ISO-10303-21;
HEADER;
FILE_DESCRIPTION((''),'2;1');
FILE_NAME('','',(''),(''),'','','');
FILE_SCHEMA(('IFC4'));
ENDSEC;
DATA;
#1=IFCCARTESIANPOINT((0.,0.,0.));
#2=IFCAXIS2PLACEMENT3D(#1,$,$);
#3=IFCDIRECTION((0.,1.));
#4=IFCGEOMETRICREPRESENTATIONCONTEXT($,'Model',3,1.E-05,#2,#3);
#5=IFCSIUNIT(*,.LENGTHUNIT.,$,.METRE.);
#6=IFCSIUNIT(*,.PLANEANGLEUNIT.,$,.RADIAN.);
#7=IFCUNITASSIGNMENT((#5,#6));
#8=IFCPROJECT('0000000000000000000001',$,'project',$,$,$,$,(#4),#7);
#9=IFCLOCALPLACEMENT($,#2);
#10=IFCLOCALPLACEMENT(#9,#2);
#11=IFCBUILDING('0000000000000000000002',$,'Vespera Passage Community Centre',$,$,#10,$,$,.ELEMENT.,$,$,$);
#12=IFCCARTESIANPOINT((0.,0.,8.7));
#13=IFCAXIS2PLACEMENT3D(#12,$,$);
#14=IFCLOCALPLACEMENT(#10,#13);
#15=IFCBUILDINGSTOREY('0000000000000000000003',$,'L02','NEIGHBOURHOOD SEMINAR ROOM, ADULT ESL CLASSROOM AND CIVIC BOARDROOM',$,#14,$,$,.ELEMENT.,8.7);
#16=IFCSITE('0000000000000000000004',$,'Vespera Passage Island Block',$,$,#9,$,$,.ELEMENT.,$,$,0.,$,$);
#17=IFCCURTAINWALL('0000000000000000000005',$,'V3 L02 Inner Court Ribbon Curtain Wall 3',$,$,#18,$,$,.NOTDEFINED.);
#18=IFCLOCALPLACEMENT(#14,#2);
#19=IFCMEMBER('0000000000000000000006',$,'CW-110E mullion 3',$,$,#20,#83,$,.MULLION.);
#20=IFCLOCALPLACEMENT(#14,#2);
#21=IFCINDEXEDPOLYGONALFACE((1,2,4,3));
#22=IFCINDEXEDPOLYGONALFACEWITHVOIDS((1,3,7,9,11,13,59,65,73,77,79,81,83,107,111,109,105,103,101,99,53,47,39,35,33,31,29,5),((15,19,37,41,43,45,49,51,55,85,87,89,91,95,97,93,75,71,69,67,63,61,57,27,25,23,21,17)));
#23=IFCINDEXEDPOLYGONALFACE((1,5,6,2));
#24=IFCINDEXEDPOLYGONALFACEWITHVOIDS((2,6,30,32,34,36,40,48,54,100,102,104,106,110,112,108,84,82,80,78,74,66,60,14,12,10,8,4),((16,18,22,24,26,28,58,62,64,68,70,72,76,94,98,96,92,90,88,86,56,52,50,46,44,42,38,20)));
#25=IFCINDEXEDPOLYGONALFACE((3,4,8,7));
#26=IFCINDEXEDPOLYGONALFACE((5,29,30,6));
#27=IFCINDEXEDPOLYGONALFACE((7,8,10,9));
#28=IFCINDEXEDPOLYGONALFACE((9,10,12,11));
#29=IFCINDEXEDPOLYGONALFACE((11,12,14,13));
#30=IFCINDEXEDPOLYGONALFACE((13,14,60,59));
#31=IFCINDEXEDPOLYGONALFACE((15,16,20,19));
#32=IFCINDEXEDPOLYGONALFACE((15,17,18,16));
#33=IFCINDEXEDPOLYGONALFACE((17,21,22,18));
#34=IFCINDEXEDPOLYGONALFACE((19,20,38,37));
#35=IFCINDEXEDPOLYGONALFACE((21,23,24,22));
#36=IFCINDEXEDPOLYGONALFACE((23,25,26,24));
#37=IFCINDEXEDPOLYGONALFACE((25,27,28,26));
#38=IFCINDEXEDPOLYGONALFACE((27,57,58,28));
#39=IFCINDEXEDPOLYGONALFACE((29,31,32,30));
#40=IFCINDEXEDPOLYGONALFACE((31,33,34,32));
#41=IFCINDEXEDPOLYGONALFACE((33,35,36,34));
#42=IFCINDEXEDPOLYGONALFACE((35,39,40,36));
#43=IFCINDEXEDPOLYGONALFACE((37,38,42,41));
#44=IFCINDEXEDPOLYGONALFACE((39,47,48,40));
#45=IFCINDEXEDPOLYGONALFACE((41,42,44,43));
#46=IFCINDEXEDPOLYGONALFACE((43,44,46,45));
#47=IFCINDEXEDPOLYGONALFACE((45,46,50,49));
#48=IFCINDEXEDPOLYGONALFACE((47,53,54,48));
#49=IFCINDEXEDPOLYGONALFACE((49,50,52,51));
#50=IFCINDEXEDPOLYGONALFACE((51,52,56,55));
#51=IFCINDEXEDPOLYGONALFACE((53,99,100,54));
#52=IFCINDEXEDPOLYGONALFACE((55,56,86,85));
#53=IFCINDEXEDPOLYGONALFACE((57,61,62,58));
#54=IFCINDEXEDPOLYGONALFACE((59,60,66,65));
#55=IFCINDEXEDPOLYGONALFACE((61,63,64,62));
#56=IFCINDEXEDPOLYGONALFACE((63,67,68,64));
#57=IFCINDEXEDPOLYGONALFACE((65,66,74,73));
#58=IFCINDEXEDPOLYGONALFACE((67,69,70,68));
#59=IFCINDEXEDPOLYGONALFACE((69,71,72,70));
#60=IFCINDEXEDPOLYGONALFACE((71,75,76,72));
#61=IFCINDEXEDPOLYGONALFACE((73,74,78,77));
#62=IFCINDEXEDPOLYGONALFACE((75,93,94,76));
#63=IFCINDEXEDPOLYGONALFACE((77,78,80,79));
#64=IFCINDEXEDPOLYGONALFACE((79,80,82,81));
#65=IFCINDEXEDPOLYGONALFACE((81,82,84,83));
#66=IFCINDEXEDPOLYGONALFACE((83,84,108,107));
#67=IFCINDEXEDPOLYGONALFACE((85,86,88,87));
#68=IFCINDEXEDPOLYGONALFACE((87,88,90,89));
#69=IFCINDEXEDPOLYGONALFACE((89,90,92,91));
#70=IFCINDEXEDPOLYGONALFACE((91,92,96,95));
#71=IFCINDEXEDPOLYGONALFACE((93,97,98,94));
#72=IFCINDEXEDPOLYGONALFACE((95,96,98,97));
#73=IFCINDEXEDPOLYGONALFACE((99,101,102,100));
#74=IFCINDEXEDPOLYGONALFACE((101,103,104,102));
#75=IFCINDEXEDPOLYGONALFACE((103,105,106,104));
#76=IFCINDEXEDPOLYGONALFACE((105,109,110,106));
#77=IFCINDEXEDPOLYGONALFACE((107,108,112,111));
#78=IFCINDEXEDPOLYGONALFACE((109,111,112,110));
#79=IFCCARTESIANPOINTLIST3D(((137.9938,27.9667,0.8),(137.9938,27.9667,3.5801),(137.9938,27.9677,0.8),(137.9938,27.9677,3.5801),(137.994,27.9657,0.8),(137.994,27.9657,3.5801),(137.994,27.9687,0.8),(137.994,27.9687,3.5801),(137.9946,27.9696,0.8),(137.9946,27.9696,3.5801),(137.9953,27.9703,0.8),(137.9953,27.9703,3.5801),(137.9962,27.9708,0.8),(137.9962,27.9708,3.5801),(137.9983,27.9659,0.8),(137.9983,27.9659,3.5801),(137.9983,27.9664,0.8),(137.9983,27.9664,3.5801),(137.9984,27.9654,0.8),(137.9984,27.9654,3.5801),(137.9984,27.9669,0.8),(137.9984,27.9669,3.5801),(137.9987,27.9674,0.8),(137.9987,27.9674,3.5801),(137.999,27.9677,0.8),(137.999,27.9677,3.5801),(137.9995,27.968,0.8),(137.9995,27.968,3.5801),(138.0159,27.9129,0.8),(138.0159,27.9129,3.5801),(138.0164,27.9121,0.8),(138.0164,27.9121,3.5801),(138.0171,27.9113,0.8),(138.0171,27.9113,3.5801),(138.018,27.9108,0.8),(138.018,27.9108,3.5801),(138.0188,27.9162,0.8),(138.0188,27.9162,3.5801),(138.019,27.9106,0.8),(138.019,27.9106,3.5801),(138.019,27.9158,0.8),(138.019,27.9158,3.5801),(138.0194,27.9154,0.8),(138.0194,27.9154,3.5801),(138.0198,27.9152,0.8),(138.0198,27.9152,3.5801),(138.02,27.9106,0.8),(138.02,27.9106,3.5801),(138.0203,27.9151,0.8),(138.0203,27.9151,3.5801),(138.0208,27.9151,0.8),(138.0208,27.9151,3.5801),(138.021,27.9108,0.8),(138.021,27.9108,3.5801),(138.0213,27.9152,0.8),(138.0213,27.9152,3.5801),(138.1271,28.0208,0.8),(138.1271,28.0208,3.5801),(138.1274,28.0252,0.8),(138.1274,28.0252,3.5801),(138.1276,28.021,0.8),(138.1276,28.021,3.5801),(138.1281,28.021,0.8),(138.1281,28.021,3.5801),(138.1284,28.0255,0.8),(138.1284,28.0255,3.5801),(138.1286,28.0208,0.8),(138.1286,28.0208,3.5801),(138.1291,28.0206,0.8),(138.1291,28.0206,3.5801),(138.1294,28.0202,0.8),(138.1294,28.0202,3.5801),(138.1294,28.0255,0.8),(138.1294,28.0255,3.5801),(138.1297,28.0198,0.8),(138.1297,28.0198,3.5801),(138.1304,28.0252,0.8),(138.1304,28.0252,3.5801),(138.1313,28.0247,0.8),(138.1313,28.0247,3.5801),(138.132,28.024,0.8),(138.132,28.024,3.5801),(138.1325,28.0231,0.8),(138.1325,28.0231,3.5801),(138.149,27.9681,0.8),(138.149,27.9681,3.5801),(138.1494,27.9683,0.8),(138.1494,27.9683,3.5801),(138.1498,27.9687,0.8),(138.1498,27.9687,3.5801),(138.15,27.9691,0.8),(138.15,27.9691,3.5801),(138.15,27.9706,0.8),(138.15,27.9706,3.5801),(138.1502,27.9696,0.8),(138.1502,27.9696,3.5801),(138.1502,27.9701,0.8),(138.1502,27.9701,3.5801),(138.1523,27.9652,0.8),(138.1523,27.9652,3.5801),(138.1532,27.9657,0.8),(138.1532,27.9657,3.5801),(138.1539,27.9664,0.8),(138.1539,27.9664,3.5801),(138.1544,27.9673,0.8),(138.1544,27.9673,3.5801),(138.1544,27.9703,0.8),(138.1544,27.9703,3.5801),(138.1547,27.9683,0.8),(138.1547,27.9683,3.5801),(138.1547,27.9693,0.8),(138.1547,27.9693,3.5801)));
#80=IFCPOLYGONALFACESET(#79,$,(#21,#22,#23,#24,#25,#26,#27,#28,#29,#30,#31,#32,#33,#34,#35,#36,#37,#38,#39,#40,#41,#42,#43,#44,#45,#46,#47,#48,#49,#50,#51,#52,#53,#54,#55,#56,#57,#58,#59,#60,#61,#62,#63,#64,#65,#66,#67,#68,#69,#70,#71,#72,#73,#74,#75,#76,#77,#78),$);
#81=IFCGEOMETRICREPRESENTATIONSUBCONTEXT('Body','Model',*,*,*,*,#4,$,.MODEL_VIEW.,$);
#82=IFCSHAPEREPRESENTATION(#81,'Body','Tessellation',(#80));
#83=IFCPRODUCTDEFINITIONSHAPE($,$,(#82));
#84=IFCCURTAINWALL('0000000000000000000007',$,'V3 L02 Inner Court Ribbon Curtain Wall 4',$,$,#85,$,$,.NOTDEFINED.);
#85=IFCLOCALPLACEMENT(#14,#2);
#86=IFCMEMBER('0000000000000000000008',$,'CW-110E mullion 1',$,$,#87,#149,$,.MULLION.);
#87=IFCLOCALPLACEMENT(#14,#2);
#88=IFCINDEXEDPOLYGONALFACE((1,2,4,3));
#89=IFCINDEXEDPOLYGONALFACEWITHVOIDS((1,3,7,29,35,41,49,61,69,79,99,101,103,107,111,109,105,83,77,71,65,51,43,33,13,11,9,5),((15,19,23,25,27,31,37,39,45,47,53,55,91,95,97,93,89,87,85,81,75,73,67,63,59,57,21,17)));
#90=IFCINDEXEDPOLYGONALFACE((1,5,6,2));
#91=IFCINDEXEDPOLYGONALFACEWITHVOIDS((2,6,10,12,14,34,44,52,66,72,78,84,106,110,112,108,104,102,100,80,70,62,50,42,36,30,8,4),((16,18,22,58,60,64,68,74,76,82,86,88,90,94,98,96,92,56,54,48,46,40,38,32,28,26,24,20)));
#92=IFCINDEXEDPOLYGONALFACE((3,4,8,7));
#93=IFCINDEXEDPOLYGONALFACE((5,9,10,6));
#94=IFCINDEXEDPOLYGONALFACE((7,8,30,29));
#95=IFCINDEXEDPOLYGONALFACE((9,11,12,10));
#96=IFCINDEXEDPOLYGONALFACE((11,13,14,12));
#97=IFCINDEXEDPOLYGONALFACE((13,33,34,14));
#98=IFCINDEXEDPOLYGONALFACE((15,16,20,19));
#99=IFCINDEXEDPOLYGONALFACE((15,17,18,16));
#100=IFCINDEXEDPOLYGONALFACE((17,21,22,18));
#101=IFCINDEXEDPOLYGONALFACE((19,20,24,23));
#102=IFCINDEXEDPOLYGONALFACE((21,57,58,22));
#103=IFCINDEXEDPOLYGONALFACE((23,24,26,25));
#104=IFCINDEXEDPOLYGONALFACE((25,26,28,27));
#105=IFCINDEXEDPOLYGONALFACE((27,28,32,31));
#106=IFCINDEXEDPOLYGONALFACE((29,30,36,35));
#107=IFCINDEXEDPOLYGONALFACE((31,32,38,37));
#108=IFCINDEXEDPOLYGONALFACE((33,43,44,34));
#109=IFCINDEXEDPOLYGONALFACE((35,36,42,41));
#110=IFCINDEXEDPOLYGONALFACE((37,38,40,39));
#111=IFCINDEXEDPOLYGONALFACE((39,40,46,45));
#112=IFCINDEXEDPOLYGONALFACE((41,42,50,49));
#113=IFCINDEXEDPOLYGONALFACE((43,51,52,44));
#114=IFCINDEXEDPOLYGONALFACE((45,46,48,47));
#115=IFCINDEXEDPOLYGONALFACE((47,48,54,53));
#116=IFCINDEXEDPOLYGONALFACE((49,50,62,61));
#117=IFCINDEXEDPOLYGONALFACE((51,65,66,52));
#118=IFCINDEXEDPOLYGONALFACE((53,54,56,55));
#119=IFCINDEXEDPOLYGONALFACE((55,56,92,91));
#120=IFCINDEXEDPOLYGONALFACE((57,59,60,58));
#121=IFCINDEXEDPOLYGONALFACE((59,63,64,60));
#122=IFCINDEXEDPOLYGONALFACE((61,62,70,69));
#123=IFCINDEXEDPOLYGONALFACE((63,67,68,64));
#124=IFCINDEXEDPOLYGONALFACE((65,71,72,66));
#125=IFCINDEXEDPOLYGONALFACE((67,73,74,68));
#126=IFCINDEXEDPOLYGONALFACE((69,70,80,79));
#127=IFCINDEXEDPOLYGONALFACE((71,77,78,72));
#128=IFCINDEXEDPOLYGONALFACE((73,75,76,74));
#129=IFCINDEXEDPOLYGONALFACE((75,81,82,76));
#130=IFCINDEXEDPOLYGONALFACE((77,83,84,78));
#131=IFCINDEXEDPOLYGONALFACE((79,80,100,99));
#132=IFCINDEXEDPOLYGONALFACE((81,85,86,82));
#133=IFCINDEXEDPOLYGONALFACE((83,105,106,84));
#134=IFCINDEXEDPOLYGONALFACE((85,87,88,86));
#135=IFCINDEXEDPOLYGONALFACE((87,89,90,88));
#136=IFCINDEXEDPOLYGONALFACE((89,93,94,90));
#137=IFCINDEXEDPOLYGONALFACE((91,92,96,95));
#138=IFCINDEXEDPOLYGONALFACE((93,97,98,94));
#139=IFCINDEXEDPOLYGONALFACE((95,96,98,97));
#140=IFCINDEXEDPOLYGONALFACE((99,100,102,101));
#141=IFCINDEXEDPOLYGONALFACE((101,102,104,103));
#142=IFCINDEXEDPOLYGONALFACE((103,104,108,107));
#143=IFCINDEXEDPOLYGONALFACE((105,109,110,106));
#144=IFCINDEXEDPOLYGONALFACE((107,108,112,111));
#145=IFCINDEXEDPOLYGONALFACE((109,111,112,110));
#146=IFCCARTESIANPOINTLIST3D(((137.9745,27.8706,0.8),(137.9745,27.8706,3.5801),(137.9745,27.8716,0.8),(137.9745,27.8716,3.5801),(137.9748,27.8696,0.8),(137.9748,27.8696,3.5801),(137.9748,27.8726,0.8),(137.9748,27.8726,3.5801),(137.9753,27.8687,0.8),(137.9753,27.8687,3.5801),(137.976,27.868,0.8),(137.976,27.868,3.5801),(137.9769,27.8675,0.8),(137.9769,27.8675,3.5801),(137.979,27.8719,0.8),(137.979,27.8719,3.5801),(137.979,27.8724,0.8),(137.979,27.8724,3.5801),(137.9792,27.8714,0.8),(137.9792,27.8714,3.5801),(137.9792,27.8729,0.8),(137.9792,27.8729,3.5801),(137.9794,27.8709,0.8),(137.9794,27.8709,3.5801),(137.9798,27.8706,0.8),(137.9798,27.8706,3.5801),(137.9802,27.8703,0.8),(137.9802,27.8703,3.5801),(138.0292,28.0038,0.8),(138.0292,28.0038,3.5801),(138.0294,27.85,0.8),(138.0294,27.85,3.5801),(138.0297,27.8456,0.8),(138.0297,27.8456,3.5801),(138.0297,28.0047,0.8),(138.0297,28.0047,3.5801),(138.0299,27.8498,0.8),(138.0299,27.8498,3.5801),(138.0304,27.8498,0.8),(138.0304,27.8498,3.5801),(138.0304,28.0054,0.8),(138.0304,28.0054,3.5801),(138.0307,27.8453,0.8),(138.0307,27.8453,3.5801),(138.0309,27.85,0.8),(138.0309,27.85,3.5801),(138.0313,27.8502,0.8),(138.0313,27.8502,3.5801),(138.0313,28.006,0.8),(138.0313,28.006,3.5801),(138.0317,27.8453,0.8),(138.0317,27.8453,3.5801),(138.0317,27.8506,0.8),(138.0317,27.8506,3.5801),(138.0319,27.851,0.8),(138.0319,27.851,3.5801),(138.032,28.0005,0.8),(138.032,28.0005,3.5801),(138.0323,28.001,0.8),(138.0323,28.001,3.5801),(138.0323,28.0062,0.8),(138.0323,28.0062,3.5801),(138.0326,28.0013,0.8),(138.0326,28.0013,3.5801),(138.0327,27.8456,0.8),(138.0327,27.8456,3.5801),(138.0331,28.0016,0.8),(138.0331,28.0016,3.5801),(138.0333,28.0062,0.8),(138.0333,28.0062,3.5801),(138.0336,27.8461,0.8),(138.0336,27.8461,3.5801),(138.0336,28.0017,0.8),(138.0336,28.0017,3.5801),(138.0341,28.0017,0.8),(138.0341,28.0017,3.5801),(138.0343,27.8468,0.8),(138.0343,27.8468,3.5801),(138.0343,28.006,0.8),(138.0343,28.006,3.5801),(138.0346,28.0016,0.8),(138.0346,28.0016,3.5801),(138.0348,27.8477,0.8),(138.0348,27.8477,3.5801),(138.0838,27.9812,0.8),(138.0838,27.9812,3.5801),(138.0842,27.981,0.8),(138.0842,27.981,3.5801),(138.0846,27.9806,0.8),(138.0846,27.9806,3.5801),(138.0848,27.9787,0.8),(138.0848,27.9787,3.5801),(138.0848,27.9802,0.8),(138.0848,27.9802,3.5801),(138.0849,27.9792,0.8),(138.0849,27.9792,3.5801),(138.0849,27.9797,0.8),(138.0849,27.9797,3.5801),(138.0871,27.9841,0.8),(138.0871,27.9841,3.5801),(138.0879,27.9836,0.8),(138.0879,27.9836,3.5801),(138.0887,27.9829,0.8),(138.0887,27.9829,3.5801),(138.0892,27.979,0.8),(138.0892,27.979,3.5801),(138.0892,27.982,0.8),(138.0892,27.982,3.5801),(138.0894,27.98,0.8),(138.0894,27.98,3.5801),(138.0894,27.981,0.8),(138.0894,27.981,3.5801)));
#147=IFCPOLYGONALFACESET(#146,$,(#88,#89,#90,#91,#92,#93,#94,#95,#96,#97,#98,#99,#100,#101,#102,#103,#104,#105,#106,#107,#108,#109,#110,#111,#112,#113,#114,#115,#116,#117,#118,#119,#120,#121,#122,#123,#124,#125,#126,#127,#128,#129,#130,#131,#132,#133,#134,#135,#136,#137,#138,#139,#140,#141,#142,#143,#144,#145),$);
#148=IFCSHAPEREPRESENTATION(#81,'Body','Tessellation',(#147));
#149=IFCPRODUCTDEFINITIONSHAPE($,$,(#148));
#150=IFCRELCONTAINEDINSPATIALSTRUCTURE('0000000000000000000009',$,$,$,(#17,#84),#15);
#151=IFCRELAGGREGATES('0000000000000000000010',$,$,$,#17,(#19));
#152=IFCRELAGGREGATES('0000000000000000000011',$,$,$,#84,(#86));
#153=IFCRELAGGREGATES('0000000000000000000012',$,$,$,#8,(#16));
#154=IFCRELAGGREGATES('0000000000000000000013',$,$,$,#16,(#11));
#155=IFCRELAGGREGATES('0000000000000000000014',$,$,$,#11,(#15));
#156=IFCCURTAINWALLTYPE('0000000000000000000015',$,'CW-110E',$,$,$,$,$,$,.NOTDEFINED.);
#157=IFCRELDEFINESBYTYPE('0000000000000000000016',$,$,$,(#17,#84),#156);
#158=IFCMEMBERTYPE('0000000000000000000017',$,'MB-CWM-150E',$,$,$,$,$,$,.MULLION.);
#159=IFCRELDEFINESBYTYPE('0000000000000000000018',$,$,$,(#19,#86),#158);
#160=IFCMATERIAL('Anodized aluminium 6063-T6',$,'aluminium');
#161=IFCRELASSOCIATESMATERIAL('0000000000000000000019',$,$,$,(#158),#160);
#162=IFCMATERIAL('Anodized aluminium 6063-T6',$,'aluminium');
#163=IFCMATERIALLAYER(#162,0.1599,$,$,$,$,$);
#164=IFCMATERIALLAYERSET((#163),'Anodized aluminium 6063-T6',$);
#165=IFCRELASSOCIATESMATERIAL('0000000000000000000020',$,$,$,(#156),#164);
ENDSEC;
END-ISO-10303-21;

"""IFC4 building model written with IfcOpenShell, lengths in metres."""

from ifc_helpers import new_model, si_unit, direction, frame, origin, origin_2d, place, context, subcontext, project, spatial, hollow_rectangle, extrude, material, layer, layer_set, material_profile, profile_set, type_object, element, aggregate, save


model = new_model("IFC4")

# Units and contexts
model_context = context("Model", 3, precision=1e-05, world=origin(), true_north=direction((0.0, 1.0)))
body_context = subcontext(model_context, "Body", "Model", "MODEL_VIEW")
ifc_project = project(units=[si_unit("LENGTHUNIT", "METRE"), si_unit("PLANEANGLEUNIT", "RADIAN")], contexts=[model_context])

# Site, building, storey
site_placement = place(None, origin())
site = spatial("IfcSite", under=ifc_project, at=site_placement, Name="Vespera Passage Island Block", CompositionType="ELEMENT", RefElevation=0.0)
building_placement = place(site_placement, origin())
building = spatial("IfcBuilding", under=site, at=building_placement, Name="Vespera Passage Community Centre", CompositionType="ELEMENT")
storey_placement = place(building_placement, frame((0.0, 0.0, 8.7)))
storey = spatial("IfcBuildingStorey", under=building, at=storey_placement, Name="L02", Description="NEIGHBOURHOOD SEMINAR ROOM, ADULT ESL CLASSROOM AND CIVIC BOARDROOM", CompositionType="ELEMENT", Elevation=8.7)

# Curtain wall, member
ifc_material_1 = material(Name="Anodized aluminium 6063-T6", Category="aluminium")
ifc_material_profile_1 = material_profile(ifc_material_1, hollow_rectangle(XDim=0.0649, YDim=0.1499, WallThickness=0.0039, InnerFilletRadius=0.002, OuterFilletRadius=0.0039, at=origin_2d()), Name="ALU150X65X4")
ifc_profile_set_1 = profile_set([ifc_material_profile_1], Name="Anodized aluminium 6063-T6")
member_type_1 = type_object("IfcMemberType", Name="MB-CWM-150E", PredefinedType="MULLION", material=ifc_profile_set_1)
ifc_material_2 = material(Name="Anodized aluminium 6063-T6", Category="aluminium")
ifc_layer_1 = layer(ifc_material_2, 0.1599)
ifc_layer_set_1 = layer_set([ifc_layer_1], Name="Anodized aluminium 6063-T6")
curtain_wall_type_1 = type_object("IfcCurtainWallType", Name="CW-110E", PredefinedType="NOTDEFINED", material=ifc_layer_set_1)
curtain_wall_1_placement = place(storey_placement, origin())
curtain_wall_1 = element("IfcCurtainWall", 1, at=curtain_wall_1_placement, inside=storey, type_object=curtain_wall_type_1, Name="V3 L02 Inner Court Ribbon Curtain Wall 3", PredefinedType="NOTDEFINED")
member_1_placement = place(storey_placement, frame((138.0742, 27.968, 0.8), z_axis=(0.0, 0.0, 1.0), x_axis=(0.382686, -0.923879, 0.0)))
member_1 = element("IfcMember", 2, at=member_1_placement, type_object=member_type_1, Name="CW-110E mullion 3", PredefinedType="MULLION", context=body_context, shape_type="SweptSolid", body=[
    extrude(hollow_rectangle(XDim=0.0649, YDim=0.1499, WallThickness=0.0039, InnerFilletRadius=0.002, OuterFilletRadius=0.0039, at=origin_2d()), origin(), (0.0, 0.0, 1.0), 2.78),
])
aggregate(curtain_wall_1, [member_1])

# Curtain wall, member
curtain_wall_2_placement = place(storey_placement, origin())
curtain_wall_2 = element("IfcCurtainWall", 3, at=curtain_wall_2_placement, inside=storey, type_object=curtain_wall_type_1, Name="V3 L02 Inner Court Ribbon Curtain Wall 4", PredefinedType="NOTDEFINED")
member_2_placement = place(storey_placement, frame((138.032, 27.9258, 0.8), z_axis=(0.0, 0.0, 1.0), x_axis=(0.923879, -0.382686, 0.0)))
member_2 = element("IfcMember", 4, at=member_2_placement, type_object=member_type_1, Name="CW-110E mullion 1", PredefinedType="MULLION", context=body_context, shape_type="SweptSolid", body=[
    extrude(hollow_rectangle(XDim=0.0649, YDim=0.1499, WallThickness=0.0039, InnerFilletRadius=0.002, OuterFilletRadius=0.0039, at=origin_2d()), origin(), (0.0, 0.0, 1.0), 2.78),
])

aggregate(curtain_wall_2, [member_2])

save(model, "model.ifc")
